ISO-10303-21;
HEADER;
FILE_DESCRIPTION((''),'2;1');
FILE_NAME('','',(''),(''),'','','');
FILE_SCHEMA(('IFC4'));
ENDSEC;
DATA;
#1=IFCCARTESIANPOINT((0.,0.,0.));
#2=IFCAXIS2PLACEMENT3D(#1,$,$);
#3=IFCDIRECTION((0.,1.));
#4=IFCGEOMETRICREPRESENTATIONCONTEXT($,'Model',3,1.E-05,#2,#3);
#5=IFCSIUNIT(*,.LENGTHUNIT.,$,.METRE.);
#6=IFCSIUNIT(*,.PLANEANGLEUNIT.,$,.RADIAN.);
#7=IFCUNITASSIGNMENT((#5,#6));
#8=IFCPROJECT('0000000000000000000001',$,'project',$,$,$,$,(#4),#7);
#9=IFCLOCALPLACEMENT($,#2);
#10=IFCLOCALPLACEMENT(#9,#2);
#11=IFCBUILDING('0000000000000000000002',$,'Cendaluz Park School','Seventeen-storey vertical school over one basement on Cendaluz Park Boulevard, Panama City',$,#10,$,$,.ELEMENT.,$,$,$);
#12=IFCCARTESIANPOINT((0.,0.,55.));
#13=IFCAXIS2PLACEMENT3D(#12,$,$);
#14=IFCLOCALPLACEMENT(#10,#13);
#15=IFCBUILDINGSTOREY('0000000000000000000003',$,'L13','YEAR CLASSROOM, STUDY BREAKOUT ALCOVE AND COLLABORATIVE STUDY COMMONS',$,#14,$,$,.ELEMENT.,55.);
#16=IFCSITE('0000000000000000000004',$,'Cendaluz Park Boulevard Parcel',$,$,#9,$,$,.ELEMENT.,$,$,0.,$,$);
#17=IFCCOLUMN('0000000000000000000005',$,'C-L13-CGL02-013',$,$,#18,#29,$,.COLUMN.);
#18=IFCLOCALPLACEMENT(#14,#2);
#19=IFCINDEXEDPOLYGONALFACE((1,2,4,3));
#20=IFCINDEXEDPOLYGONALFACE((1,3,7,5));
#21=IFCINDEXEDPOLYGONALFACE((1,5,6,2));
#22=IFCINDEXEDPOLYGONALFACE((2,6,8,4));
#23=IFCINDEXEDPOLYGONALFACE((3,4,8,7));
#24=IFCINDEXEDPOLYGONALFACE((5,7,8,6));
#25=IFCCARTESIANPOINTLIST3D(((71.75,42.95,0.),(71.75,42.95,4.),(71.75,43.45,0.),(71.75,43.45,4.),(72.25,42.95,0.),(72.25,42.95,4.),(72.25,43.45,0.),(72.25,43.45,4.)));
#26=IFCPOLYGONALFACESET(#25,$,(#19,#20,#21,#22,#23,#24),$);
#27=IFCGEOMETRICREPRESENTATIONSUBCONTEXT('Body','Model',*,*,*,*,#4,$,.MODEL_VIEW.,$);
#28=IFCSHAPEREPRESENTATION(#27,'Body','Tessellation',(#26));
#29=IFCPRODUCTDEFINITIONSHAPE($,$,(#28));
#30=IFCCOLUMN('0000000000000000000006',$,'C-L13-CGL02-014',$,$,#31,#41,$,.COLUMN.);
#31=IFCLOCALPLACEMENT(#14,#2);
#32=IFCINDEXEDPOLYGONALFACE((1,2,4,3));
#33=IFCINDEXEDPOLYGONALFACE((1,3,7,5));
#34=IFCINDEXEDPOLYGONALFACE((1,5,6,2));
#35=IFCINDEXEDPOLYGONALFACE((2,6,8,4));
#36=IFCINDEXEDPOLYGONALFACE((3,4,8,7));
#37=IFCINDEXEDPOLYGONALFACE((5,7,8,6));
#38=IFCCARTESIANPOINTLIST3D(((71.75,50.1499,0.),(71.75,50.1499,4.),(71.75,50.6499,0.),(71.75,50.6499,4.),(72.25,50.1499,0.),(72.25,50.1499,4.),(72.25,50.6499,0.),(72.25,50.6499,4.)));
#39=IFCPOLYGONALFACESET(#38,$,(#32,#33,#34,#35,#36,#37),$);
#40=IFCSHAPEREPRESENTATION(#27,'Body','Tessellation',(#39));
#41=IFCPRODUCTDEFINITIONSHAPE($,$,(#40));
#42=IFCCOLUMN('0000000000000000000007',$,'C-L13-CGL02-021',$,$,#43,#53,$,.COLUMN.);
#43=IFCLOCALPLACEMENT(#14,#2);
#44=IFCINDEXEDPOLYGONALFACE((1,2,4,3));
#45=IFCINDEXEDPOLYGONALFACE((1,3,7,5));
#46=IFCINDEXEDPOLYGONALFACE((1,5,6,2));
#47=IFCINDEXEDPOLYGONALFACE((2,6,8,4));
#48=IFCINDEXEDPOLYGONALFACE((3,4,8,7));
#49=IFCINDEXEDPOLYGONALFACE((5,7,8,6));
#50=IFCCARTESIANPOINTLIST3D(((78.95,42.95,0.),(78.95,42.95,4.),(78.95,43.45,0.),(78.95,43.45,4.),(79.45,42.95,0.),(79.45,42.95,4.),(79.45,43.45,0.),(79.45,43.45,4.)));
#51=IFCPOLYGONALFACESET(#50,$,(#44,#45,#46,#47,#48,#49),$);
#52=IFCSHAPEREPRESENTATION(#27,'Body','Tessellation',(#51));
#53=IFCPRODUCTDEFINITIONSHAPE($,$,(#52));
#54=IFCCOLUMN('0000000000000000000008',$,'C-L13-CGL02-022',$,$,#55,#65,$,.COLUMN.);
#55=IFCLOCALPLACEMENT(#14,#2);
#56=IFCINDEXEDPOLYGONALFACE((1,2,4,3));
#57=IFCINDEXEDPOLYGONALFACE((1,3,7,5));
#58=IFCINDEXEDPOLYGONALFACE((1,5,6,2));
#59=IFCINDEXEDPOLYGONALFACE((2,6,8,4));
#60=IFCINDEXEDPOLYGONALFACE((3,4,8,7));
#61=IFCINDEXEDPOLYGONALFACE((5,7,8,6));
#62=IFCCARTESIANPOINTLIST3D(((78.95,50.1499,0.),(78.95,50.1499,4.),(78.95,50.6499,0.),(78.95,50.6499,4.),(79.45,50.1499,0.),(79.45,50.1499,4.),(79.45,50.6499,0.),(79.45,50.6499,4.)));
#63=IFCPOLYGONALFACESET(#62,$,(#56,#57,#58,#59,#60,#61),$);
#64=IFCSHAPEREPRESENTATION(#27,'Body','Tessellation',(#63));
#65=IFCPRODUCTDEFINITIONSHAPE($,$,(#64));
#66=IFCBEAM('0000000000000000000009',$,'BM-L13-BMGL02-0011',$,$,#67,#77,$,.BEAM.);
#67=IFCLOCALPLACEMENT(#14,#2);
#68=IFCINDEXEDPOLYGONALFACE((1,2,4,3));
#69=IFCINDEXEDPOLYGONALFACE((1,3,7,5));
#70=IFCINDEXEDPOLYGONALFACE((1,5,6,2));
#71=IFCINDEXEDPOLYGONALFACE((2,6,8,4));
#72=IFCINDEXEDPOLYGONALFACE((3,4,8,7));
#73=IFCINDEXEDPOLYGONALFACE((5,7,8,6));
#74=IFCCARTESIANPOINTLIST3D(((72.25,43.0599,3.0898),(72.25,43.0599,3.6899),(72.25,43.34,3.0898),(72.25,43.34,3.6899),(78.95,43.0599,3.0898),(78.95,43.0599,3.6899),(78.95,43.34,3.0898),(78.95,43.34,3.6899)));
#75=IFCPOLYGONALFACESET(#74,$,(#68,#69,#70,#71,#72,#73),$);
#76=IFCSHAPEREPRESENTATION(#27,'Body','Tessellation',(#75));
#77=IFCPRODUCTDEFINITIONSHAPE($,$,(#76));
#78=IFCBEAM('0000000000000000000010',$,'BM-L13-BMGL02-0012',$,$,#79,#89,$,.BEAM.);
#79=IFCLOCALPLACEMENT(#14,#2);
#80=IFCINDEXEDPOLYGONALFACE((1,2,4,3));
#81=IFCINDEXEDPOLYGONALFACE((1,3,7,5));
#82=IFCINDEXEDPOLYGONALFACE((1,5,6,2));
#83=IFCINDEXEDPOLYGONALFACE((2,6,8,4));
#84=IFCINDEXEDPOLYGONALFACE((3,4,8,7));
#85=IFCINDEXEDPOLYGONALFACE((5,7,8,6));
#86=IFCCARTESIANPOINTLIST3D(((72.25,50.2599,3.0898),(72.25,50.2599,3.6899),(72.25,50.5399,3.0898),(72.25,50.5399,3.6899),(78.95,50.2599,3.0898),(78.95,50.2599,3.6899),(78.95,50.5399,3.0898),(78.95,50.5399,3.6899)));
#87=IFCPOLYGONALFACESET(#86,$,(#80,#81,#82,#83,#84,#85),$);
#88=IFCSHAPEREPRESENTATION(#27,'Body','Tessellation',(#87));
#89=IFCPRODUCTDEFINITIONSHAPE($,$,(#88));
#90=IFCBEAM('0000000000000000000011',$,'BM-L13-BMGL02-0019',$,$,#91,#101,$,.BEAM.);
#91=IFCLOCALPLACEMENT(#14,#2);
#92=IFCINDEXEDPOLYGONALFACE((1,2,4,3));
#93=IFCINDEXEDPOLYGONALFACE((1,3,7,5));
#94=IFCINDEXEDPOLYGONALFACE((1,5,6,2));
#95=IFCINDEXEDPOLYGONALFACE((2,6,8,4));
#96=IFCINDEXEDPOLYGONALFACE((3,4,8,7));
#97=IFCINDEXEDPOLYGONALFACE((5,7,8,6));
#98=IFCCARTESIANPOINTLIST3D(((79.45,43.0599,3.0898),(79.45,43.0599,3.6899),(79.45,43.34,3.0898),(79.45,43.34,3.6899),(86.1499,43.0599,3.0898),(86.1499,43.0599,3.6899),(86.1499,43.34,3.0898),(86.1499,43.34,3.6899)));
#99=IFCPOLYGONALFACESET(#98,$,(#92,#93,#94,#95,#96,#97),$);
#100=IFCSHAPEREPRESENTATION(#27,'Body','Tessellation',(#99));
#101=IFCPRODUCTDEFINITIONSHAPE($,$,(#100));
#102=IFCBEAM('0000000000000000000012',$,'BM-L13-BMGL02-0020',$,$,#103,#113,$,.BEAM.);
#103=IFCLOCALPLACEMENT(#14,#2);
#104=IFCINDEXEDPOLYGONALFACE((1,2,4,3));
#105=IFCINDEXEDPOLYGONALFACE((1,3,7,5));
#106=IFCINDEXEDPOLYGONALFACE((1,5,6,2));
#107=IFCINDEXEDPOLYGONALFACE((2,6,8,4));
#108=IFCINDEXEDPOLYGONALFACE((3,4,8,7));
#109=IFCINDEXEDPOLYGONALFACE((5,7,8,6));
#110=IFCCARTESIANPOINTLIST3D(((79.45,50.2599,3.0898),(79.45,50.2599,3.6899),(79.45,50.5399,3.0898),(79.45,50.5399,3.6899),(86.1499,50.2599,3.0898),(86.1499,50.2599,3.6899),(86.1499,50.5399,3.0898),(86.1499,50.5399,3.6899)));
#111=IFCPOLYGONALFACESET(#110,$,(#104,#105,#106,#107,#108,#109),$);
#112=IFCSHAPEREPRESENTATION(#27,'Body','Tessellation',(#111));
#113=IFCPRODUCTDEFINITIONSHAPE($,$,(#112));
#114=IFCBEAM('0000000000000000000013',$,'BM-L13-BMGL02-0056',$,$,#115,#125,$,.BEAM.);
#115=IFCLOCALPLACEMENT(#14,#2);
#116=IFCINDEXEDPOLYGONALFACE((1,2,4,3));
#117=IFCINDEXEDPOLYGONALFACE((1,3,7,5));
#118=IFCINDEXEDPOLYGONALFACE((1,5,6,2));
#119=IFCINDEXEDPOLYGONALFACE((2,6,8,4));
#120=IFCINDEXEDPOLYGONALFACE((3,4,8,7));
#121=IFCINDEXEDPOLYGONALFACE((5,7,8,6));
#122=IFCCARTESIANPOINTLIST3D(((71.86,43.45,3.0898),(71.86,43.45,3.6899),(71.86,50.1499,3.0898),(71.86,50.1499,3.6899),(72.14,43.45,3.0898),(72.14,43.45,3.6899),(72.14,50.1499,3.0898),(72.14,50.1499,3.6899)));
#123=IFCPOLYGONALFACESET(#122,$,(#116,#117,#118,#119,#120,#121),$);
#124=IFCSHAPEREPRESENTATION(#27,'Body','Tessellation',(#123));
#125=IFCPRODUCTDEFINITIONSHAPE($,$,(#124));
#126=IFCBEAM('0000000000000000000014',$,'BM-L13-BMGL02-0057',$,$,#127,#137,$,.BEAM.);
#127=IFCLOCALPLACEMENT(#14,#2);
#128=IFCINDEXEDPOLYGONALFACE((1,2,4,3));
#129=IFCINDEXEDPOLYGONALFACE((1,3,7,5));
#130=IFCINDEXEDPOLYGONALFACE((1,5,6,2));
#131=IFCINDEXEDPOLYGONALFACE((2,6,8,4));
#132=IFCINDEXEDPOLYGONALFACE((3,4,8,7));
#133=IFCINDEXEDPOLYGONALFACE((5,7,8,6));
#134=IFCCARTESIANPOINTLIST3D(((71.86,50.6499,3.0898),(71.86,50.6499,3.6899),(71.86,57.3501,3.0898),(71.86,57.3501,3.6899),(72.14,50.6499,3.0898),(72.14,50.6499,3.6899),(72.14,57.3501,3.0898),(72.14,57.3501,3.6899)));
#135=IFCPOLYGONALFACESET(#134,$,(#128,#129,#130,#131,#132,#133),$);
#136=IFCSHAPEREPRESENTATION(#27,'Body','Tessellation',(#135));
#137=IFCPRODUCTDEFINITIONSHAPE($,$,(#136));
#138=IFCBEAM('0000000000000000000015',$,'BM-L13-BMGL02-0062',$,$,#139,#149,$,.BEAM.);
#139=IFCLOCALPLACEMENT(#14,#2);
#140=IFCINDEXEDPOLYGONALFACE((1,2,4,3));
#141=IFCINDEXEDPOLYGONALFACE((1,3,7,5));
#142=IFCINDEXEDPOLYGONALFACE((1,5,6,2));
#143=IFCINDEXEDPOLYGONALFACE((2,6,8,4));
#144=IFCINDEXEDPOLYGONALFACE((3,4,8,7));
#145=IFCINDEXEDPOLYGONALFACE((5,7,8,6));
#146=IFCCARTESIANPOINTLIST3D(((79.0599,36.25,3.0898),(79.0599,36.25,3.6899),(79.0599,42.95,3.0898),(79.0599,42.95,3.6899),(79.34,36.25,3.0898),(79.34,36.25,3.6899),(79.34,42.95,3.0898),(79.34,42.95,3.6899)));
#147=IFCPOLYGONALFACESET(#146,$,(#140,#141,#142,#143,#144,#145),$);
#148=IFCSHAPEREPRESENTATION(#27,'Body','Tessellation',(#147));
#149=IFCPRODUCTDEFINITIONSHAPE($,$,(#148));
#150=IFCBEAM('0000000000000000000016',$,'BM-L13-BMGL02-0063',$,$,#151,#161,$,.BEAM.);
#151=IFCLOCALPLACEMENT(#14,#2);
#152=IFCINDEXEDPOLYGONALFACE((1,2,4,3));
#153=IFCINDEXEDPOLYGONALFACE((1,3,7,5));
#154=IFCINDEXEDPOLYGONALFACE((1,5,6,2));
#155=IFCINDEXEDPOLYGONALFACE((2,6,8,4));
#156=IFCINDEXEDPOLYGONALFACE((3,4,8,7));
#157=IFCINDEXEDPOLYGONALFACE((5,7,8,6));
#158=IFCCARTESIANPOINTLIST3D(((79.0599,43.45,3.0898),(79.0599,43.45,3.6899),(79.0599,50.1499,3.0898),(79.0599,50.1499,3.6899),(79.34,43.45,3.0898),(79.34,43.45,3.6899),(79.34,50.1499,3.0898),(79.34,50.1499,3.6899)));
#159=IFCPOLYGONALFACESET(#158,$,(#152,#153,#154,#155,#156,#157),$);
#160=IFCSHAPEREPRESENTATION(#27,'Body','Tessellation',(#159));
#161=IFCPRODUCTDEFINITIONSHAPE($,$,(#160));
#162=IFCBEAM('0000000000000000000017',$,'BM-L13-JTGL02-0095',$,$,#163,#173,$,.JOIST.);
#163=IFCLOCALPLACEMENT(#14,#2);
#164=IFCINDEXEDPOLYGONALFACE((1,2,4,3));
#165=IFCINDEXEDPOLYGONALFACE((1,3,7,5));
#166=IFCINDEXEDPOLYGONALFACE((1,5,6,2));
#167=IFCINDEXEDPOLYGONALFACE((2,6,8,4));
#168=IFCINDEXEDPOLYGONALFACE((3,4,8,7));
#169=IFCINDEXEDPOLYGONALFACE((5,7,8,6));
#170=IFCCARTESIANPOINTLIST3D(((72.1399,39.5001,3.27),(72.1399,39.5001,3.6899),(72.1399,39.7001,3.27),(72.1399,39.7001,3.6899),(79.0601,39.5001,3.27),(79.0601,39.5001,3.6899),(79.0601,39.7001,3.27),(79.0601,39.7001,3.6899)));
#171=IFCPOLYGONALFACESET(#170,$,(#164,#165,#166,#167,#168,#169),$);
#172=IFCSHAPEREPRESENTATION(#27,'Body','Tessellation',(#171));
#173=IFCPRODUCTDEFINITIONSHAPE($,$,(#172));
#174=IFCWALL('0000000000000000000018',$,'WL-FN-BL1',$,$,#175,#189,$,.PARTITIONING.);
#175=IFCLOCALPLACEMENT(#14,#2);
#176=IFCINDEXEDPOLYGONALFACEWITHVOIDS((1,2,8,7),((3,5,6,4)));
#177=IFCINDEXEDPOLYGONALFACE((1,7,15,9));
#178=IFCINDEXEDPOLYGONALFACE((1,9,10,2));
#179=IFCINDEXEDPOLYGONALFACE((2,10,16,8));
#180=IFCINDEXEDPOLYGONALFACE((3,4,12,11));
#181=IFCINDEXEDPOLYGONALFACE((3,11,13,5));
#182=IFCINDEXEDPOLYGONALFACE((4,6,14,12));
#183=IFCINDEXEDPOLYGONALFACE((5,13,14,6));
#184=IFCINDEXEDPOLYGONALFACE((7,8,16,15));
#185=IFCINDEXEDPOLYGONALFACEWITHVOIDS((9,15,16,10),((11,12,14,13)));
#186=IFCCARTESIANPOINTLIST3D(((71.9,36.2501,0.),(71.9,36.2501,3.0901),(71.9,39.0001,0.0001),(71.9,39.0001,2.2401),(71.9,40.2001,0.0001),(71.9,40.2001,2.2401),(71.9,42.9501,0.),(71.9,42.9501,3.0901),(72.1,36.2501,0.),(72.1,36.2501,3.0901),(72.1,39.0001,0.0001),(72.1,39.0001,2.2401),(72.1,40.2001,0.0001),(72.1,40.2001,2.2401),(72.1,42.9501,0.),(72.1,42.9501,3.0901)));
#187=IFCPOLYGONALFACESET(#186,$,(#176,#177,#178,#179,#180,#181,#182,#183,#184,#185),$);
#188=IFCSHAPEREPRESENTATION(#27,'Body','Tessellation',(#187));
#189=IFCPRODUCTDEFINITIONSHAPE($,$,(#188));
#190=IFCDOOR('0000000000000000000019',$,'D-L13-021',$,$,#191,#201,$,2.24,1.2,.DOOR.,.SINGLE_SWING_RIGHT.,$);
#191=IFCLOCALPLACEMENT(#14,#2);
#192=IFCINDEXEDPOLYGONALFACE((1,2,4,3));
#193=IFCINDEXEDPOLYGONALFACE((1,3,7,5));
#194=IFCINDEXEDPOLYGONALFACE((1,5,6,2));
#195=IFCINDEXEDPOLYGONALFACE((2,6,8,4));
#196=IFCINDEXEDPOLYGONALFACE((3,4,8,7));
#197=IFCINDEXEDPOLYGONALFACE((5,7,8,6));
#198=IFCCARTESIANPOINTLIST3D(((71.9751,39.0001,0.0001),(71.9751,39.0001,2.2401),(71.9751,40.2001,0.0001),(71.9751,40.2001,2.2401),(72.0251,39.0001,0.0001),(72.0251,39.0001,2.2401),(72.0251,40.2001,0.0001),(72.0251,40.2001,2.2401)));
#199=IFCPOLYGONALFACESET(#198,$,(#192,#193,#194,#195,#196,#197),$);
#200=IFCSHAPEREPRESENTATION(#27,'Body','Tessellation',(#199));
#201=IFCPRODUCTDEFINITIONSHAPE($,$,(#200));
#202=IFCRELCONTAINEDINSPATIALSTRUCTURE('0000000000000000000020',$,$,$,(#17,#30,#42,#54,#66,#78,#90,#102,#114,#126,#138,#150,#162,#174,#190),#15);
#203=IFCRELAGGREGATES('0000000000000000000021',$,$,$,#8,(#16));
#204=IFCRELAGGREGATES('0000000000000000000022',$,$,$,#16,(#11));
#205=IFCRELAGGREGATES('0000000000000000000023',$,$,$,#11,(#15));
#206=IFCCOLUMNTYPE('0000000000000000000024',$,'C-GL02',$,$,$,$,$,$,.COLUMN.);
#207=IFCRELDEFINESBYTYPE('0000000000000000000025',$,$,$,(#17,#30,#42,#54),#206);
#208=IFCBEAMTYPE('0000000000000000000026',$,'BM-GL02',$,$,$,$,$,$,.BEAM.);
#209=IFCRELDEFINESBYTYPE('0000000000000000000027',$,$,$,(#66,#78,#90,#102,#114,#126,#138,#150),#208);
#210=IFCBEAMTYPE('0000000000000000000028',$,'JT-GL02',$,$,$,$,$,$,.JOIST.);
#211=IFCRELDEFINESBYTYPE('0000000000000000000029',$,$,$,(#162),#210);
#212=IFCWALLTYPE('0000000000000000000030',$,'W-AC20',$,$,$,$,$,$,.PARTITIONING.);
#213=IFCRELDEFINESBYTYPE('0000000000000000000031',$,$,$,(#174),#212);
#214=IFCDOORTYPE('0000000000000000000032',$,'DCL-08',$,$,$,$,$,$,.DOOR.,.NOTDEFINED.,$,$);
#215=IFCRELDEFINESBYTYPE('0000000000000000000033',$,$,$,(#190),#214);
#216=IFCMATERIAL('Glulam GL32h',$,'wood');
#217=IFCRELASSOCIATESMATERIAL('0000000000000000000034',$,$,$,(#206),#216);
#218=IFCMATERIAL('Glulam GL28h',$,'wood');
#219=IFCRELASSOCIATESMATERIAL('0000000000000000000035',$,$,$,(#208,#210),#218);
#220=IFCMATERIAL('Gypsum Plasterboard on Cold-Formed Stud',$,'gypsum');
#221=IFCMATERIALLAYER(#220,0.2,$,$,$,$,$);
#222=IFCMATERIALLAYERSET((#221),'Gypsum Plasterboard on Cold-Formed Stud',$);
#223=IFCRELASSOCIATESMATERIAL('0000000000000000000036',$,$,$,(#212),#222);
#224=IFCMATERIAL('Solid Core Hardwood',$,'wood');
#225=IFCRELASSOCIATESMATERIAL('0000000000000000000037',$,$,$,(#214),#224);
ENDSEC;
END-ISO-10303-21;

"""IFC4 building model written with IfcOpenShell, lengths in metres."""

from ifc_helpers import new_model, si_unit, direction, frame, frame_2d, origin, origin_2d, place, context, subcontext, project, spatial, rectangle, extrude, material, layer, layer_set, material_profile, profile_set, type_object, element, fill, save


model = new_model("IFC4")

# Units and contexts
model_context = context("Model", 3, precision=1e-05, world=origin(), true_north=direction((0.0, 1.0)))
body_context = subcontext(model_context, "Body", "Model", "MODEL_VIEW")
ifc_project = project(units=[si_unit("LENGTHUNIT", "METRE"), si_unit("PLANEANGLEUNIT", "RADIAN")], contexts=[model_context])

# Site, building, storey
site_placement = place(None, origin())
site = spatial("IfcSite", under=ifc_project, at=site_placement, Name="Cendaluz Park Boulevard Parcel", CompositionType="ELEMENT", RefElevation=0.0)
building_placement = place(site_placement, origin())
building = spatial("IfcBuilding", under=site, at=building_placement, Name="Cendaluz Park School", Description="Seventeen-storey vertical school over one basement on Cendaluz Park Boulevard, Panama City", CompositionType="ELEMENT")
storey_placement = place(building_placement, frame((0.0, 0.0, 55.0)))
storey = spatial("IfcBuildingStorey", under=building, at=storey_placement, Name="L13", Description="YEAR CLASSROOM, STUDY BREAKOUT ALCOVE AND COLLABORATIVE STUDY COMMONS", CompositionType="ELEMENT", Elevation=55.0)

# Columns
ifc_material_1 = material(Name="Glulam GL32h", Category="wood")
ifc_material_profile_1 = material_profile(ifc_material_1, rectangle(XDim=0.5, YDim=0.5, at=origin_2d()), Name="GL32h 500x500", Category="wood")
ifc_profile_set_1 = profile_set([ifc_material_profile_1], Name="Glulam GL32h")
column_type = type_object("IfcColumnType", Name="C-GL02", PredefinedType="COLUMN", material=ifc_profile_set_1)
for number, where, z_axis, x_axis, name in (
    (1, (72.0, 43.2, 0.0), (0.0, 0.0, 1.0), (1.0, 0.0, 0.0), "C-L13-CGL02-013"),
    (2, (72.0, 50.3999, 0.0), (0.0, 0.0, 1.0), (1.0, 0.0, 0.0), "C-L13-CGL02-014"),
    (3, (79.2, 43.2, 0.0), (0.0, 0.0, 1.0), (1.0, 0.0, 0.0), "C-L13-CGL02-021"),
    (4, (79.2, 50.3999, 0.0), (0.0, 0.0, 1.0), (1.0, 0.0, 0.0), "C-L13-CGL02-022"),
):
    element("IfcColumn", number, at=place(storey_placement, frame(where, z_axis=z_axis, x_axis=x_axis)), inside=storey, type_object=column_type, Name=name, PredefinedType="COLUMN", context=body_context, shape_type="SweptSolid", body=[
        extrude(rectangle(XDim=0.5, YDim=0.5, at=origin_2d()), origin(), (0.0, 0.0, 1.0), 4.0),
    ])

# Beams
ifc_material_2 = material(Name="Glulam GL28h", Category="wood")
ifc_material_profile_2 = material_profile(ifc_material_2, rectangle(XDim=0.28, YDim=0.6001, at=origin_2d()), Name="GL28h 280x600", Category="wood")
ifc_profile_set_2 = profile_set([ifc_material_profile_2], Name="Glulam GL28h")
beam_type_1 = type_object("IfcBeamType", Name="BM-GL02", PredefinedType="BEAM", material=ifc_profile_set_2)
for number, where, z_axis, x_axis, name in (
    (5, (72.25, 43.2, 3.3899), (1.0, 0.0, 0.0), (0.0, 1.0, 0.0), "BM-L13-BMGL02-0011"),
    (6, (72.25, 50.3999, 3.3899), (1.0, 0.0, 0.0), (0.0, 1.0, 0.0), "BM-L13-BMGL02-0012"),
    (7, (79.45, 43.2, 3.3899), (1.0, 0.0, 0.0), (0.0, 1.0, 0.0), "BM-L13-BMGL02-0019"),
    (8, (79.45, 50.3999, 3.3899), (1.0, 0.0, 0.0), (0.0, 1.0, 0.0), "BM-L13-BMGL02-0020"),
    (9, (72.0, 43.45, 3.3899), (0.0, 1.0, 0.0), (-1.0, 0.0, 0.0), "BM-L13-BMGL02-0056"),
):
    element("IfcBeam", number, at=place(storey_placement, frame(where, z_axis=z_axis, x_axis=x_axis)), inside=storey, type_object=beam_type_1, Name=name, PredefinedType="BEAM", context=body_context, shape_type="SweptSolid", body=[
        extrude(rectangle(XDim=0.28, YDim=0.6001, at=origin_2d()), origin(), (0.0, 0.0, 1.0), 6.7),
    ])
beam_1_placement = place(storey_placement, frame((72.0, 50.6499, 3.3899), z_axis=(0.0, 1.0, 0.0), x_axis=(-1.0, 0.0, 0.0)))
element("IfcBeam", 10, at=beam_1_placement, inside=storey, type_object=beam_type_1, Name="BM-L13-BMGL02-0057", PredefinedType="BEAM", context=body_context, shape_type="SweptSolid", body=[
    extrude(rectangle(XDim=0.28, YDim=0.6001, at=origin_2d()), origin(), (0.0, 0.0, 1.0), 6.7002),
])
for number, where, z_axis, x_axis, name in (
    (11, (79.2, 36.25, 3.3899), (0.0, 1.0, 0.0), (-1.0, 0.0, 0.0), "BM-L13-BMGL02-0062"),
    (12, (79.2, 43.45, 3.3899), (0.0, 1.0, 0.0), (-1.0, 0.0, 0.0), "BM-L13-BMGL02-0063"),
):
    element("IfcBeam", number, at=place(storey_placement, frame(where, z_axis=z_axis, x_axis=x_axis)), inside=storey, type_object=beam_type_1, Name=name, PredefinedType="BEAM", context=body_context, shape_type="SweptSolid", body=[
        extrude(rectangle(XDim=0.28, YDim=0.6001, at=origin_2d()), origin(), (0.0, 0.0, 1.0), 6.7),
    ])
ifc_material_profile_3 = material_profile(ifc_material_2, rectangle(XDim=0.2, YDim=0.4199, at=origin_2d()), Name="GL28h 200x420", Category="wood")
ifc_profile_set_3 = profile_set([ifc_material_profile_3], Name="Glulam GL28h")
beam_type_2 = type_object("IfcBeamType", Name="JT-GL02", PredefinedType="JOIST", material=ifc_profile_set_3)
beam_2_placement = place(storey_placement, frame((72.1399, 39.6001, 3.48), z_axis=(1.0, 0.0, 0.0), x_axis=(0.0, 1.0, 0.0)))
element("IfcBeam", 13, at=beam_2_placement, inside=storey, type_object=beam_type_2, Name="BM-L13-JTGL02-0095", PredefinedType="JOIST", context=body_context, shape_type="SweptSolid", body=[
    extrude(rectangle(XDim=0.2, YDim=0.4199, at=origin_2d()), origin(), (0.0, 0.0, 1.0), 6.9202),
])

# Wall, opening, door
ifc_material_3 = material(Name="Gypsum Plasterboard on Cold-Formed Stud", Category="gypsum")
ifc_layer_1 = layer(ifc_material_3, 0.2)
ifc_layer_set_1 = layer_set([ifc_layer_1], Name="Gypsum Plasterboard on Cold-Formed Stud")
wall_type_1 = type_object("IfcWallType", Name="W-AC20", PredefinedType="PARTITIONING", material=ifc_layer_set_1)
wall_1_placement = place(storey_placement, frame((72.0, 36.25, 0.0), z_axis=(0.0, 0.0, 1.0), x_axis=(0.0, 1.0, 0.0)))
wall_1 = element("IfcWall", 14, at=wall_1_placement, inside=storey, type_object=wall_type_1, Name="WL-FN-BL1", PredefinedType="PARTITIONING", context=body_context, shape_type="SweptSolid", body=[
    extrude(rectangle(XDim=6.7, YDim=0.2, at=frame_2d((3.3501, 0.0))), origin(), (0.0, 0.0, 1.0), 3.0901),
])
opening_1_placement = place(wall_1_placement, frame((2.75, 0.0, 0.0)))
opening_1 = element("IfcOpeningElement", 15, at=opening_1_placement, cuts=wall_1, PredefinedType="OPENING", context=body_context, shape_type="SweptSolid", body=[
    extrude(rectangle(XDim=1.2, YDim=2.24, at=frame_2d((0.6001, 1.1201))), frame((0.0, 0.1121, 0.0), z_axis=(0.0, -1.0, 0.0), x_axis=(1.0, 0.0, 0.0)), (0.0, 0.0, 1.0), 0.2239),
])
ifc_material_4 = material(Name="Solid Core Hardwood", Category="wood")
door_type_1 = type_object("IfcDoorType", Name="DCL-08", OperationType="NOTDEFINED", PredefinedType="DOOR", material=ifc_material_4)
door_1_placement = place(opening_1_placement, origin())
door_1 = element("IfcDoor", 16, at=door_1_placement, inside=storey, type_object=door_type_1, Name="D-L13-021", OperationType="SINGLE_SWING_RIGHT", OverallHeight=2.24, OverallWidth=1.2, PredefinedType="DOOR", context=body_context, shape_type="SweptSolid", body=[
    extrude(rectangle(XDim=1.2, YDim=2.24, at=frame_2d((0.6001, 1.1201))), frame((0.0, 0.0249, 0.0), z_axis=(0.0, -1.0, 0.0), x_axis=(1.0, 0.0, 0.0)), (0.0, 0.0, 1.0), 0.05),
])
fill(opening_1, door_1)

save(model, "model.ifc")
